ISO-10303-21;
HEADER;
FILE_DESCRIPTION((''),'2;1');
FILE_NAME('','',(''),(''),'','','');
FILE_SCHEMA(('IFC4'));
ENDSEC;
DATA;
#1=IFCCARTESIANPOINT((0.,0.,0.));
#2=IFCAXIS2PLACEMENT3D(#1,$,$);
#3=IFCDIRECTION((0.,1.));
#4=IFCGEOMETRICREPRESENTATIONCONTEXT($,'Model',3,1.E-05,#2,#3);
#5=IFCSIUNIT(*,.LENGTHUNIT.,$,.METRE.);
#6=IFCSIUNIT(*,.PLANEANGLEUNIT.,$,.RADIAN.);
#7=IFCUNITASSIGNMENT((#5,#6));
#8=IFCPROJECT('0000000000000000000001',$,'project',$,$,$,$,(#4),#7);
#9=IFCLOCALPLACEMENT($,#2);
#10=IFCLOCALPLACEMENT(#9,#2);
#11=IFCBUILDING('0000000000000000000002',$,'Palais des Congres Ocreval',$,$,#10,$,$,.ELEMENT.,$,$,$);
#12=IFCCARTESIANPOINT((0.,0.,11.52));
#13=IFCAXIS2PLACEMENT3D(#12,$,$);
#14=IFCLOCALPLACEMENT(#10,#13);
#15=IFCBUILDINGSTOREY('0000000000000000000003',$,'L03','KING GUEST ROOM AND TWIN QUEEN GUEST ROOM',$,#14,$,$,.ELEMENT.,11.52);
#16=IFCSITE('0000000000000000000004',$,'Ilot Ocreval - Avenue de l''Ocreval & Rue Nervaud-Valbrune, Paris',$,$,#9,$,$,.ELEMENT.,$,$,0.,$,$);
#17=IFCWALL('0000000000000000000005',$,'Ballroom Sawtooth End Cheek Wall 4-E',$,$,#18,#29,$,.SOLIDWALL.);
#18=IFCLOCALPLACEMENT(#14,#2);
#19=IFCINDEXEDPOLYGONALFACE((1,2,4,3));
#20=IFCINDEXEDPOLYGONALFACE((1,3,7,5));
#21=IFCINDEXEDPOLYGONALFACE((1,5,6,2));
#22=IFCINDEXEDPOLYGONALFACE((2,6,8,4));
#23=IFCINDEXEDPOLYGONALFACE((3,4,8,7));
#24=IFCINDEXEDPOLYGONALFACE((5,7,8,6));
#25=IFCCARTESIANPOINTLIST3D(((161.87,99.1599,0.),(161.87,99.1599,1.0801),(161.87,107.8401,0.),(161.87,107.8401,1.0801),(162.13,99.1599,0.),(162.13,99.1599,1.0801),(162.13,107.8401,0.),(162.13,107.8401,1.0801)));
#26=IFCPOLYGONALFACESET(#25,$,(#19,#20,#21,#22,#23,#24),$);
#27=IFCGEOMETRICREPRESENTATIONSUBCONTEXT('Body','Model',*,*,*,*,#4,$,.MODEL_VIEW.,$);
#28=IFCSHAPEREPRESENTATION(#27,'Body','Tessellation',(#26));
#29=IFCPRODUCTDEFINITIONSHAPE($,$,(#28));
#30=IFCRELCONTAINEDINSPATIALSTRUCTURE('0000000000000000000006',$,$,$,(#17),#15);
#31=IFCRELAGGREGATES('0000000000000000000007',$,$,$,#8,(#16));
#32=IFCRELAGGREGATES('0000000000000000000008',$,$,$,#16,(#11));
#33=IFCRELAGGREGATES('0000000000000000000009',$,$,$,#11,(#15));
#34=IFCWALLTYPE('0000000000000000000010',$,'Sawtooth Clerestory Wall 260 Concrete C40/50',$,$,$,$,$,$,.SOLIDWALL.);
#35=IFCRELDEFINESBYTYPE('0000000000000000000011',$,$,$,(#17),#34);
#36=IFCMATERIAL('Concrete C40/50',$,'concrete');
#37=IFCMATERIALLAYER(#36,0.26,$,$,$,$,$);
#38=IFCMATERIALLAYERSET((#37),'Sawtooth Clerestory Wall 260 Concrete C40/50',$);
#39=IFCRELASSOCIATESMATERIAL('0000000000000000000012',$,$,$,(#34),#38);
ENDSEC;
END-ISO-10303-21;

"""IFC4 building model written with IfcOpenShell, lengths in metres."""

from ifc_helpers import new_model, si_unit, direction, frame, frame_2d, origin, place, context, subcontext, project, spatial, rectangle, extrude, material, layer, layer_set, type_object, element, save


model = new_model("IFC4")

# Units and contexts
model_context = context("Model", 3, precision=1e-05, world=origin(), true_north=direction((0.0, 1.0)))
body_context = subcontext(model_context, "Body", "Model", "MODEL_VIEW")
ifc_project = project(units=[si_unit("LENGTHUNIT", "METRE"), si_unit("PLANEANGLEUNIT", "RADIAN")], contexts=[model_context])

# Site, building, storey
site_placement = place(None, origin())
site = spatial("IfcSite", under=ifc_project, at=site_placement, Name="Ilot Ocreval - Avenue de l'Ocreval & Rue Nervaud-Valbrune, Paris", CompositionType="ELEMENT", RefElevation=0.0)
building_placement = place(site_placement, origin())
building = spatial("IfcBuilding", under=site, at=building_placement, Name="Palais des Congres Ocreval", CompositionType="ELEMENT")
storey_placement = place(building_placement, frame((0.0, 0.0, 11.52)))
storey = spatial("IfcBuildingStorey", under=building, at=storey_placement, Name="L03", Description="KING GUEST ROOM AND TWIN QUEEN GUEST ROOM", CompositionType="ELEMENT", Elevation=11.52)

# Shared definitions
ifc_material_1 = material(Name="Concrete C40/50", Category="concrete")

# Shared definitions
ifc_layer_1 = layer(ifc_material_1, 0.26)
ifc_layer_set_1 = layer_set([ifc_layer_1], Name="Sawtooth Clerestory Wall 260 Concrete C40/50")
wall_type = type_object("IfcWallType", Name="Sawtooth Clerestory Wall 260 Concrete C40/50", PredefinedType="SOLIDWALL", material=ifc_layer_set_1)

# Wall
wall_1_placement = place(storey_placement, frame((162.0, 99.1599, 0.0), z_axis=(0.0, 0.0, 1.0), x_axis=(0.0, 1.0, 0.0)))
element("IfcWall", 1, at=wall_1_placement, inside=storey, type_object=wall_type, Name="Ballroom Sawtooth End Cheek Wall 4-E", PredefinedType="SOLIDWALL", context=body_context, shape_type="SweptSolid", body=[
    extrude(rectangle(XDim=8.6802, YDim=0.26, at=frame_2d((4.3401, 0.0))), origin(), (0.0, 0.0, 1.0), 1.0801),
])

save(model, "model.ifc")
